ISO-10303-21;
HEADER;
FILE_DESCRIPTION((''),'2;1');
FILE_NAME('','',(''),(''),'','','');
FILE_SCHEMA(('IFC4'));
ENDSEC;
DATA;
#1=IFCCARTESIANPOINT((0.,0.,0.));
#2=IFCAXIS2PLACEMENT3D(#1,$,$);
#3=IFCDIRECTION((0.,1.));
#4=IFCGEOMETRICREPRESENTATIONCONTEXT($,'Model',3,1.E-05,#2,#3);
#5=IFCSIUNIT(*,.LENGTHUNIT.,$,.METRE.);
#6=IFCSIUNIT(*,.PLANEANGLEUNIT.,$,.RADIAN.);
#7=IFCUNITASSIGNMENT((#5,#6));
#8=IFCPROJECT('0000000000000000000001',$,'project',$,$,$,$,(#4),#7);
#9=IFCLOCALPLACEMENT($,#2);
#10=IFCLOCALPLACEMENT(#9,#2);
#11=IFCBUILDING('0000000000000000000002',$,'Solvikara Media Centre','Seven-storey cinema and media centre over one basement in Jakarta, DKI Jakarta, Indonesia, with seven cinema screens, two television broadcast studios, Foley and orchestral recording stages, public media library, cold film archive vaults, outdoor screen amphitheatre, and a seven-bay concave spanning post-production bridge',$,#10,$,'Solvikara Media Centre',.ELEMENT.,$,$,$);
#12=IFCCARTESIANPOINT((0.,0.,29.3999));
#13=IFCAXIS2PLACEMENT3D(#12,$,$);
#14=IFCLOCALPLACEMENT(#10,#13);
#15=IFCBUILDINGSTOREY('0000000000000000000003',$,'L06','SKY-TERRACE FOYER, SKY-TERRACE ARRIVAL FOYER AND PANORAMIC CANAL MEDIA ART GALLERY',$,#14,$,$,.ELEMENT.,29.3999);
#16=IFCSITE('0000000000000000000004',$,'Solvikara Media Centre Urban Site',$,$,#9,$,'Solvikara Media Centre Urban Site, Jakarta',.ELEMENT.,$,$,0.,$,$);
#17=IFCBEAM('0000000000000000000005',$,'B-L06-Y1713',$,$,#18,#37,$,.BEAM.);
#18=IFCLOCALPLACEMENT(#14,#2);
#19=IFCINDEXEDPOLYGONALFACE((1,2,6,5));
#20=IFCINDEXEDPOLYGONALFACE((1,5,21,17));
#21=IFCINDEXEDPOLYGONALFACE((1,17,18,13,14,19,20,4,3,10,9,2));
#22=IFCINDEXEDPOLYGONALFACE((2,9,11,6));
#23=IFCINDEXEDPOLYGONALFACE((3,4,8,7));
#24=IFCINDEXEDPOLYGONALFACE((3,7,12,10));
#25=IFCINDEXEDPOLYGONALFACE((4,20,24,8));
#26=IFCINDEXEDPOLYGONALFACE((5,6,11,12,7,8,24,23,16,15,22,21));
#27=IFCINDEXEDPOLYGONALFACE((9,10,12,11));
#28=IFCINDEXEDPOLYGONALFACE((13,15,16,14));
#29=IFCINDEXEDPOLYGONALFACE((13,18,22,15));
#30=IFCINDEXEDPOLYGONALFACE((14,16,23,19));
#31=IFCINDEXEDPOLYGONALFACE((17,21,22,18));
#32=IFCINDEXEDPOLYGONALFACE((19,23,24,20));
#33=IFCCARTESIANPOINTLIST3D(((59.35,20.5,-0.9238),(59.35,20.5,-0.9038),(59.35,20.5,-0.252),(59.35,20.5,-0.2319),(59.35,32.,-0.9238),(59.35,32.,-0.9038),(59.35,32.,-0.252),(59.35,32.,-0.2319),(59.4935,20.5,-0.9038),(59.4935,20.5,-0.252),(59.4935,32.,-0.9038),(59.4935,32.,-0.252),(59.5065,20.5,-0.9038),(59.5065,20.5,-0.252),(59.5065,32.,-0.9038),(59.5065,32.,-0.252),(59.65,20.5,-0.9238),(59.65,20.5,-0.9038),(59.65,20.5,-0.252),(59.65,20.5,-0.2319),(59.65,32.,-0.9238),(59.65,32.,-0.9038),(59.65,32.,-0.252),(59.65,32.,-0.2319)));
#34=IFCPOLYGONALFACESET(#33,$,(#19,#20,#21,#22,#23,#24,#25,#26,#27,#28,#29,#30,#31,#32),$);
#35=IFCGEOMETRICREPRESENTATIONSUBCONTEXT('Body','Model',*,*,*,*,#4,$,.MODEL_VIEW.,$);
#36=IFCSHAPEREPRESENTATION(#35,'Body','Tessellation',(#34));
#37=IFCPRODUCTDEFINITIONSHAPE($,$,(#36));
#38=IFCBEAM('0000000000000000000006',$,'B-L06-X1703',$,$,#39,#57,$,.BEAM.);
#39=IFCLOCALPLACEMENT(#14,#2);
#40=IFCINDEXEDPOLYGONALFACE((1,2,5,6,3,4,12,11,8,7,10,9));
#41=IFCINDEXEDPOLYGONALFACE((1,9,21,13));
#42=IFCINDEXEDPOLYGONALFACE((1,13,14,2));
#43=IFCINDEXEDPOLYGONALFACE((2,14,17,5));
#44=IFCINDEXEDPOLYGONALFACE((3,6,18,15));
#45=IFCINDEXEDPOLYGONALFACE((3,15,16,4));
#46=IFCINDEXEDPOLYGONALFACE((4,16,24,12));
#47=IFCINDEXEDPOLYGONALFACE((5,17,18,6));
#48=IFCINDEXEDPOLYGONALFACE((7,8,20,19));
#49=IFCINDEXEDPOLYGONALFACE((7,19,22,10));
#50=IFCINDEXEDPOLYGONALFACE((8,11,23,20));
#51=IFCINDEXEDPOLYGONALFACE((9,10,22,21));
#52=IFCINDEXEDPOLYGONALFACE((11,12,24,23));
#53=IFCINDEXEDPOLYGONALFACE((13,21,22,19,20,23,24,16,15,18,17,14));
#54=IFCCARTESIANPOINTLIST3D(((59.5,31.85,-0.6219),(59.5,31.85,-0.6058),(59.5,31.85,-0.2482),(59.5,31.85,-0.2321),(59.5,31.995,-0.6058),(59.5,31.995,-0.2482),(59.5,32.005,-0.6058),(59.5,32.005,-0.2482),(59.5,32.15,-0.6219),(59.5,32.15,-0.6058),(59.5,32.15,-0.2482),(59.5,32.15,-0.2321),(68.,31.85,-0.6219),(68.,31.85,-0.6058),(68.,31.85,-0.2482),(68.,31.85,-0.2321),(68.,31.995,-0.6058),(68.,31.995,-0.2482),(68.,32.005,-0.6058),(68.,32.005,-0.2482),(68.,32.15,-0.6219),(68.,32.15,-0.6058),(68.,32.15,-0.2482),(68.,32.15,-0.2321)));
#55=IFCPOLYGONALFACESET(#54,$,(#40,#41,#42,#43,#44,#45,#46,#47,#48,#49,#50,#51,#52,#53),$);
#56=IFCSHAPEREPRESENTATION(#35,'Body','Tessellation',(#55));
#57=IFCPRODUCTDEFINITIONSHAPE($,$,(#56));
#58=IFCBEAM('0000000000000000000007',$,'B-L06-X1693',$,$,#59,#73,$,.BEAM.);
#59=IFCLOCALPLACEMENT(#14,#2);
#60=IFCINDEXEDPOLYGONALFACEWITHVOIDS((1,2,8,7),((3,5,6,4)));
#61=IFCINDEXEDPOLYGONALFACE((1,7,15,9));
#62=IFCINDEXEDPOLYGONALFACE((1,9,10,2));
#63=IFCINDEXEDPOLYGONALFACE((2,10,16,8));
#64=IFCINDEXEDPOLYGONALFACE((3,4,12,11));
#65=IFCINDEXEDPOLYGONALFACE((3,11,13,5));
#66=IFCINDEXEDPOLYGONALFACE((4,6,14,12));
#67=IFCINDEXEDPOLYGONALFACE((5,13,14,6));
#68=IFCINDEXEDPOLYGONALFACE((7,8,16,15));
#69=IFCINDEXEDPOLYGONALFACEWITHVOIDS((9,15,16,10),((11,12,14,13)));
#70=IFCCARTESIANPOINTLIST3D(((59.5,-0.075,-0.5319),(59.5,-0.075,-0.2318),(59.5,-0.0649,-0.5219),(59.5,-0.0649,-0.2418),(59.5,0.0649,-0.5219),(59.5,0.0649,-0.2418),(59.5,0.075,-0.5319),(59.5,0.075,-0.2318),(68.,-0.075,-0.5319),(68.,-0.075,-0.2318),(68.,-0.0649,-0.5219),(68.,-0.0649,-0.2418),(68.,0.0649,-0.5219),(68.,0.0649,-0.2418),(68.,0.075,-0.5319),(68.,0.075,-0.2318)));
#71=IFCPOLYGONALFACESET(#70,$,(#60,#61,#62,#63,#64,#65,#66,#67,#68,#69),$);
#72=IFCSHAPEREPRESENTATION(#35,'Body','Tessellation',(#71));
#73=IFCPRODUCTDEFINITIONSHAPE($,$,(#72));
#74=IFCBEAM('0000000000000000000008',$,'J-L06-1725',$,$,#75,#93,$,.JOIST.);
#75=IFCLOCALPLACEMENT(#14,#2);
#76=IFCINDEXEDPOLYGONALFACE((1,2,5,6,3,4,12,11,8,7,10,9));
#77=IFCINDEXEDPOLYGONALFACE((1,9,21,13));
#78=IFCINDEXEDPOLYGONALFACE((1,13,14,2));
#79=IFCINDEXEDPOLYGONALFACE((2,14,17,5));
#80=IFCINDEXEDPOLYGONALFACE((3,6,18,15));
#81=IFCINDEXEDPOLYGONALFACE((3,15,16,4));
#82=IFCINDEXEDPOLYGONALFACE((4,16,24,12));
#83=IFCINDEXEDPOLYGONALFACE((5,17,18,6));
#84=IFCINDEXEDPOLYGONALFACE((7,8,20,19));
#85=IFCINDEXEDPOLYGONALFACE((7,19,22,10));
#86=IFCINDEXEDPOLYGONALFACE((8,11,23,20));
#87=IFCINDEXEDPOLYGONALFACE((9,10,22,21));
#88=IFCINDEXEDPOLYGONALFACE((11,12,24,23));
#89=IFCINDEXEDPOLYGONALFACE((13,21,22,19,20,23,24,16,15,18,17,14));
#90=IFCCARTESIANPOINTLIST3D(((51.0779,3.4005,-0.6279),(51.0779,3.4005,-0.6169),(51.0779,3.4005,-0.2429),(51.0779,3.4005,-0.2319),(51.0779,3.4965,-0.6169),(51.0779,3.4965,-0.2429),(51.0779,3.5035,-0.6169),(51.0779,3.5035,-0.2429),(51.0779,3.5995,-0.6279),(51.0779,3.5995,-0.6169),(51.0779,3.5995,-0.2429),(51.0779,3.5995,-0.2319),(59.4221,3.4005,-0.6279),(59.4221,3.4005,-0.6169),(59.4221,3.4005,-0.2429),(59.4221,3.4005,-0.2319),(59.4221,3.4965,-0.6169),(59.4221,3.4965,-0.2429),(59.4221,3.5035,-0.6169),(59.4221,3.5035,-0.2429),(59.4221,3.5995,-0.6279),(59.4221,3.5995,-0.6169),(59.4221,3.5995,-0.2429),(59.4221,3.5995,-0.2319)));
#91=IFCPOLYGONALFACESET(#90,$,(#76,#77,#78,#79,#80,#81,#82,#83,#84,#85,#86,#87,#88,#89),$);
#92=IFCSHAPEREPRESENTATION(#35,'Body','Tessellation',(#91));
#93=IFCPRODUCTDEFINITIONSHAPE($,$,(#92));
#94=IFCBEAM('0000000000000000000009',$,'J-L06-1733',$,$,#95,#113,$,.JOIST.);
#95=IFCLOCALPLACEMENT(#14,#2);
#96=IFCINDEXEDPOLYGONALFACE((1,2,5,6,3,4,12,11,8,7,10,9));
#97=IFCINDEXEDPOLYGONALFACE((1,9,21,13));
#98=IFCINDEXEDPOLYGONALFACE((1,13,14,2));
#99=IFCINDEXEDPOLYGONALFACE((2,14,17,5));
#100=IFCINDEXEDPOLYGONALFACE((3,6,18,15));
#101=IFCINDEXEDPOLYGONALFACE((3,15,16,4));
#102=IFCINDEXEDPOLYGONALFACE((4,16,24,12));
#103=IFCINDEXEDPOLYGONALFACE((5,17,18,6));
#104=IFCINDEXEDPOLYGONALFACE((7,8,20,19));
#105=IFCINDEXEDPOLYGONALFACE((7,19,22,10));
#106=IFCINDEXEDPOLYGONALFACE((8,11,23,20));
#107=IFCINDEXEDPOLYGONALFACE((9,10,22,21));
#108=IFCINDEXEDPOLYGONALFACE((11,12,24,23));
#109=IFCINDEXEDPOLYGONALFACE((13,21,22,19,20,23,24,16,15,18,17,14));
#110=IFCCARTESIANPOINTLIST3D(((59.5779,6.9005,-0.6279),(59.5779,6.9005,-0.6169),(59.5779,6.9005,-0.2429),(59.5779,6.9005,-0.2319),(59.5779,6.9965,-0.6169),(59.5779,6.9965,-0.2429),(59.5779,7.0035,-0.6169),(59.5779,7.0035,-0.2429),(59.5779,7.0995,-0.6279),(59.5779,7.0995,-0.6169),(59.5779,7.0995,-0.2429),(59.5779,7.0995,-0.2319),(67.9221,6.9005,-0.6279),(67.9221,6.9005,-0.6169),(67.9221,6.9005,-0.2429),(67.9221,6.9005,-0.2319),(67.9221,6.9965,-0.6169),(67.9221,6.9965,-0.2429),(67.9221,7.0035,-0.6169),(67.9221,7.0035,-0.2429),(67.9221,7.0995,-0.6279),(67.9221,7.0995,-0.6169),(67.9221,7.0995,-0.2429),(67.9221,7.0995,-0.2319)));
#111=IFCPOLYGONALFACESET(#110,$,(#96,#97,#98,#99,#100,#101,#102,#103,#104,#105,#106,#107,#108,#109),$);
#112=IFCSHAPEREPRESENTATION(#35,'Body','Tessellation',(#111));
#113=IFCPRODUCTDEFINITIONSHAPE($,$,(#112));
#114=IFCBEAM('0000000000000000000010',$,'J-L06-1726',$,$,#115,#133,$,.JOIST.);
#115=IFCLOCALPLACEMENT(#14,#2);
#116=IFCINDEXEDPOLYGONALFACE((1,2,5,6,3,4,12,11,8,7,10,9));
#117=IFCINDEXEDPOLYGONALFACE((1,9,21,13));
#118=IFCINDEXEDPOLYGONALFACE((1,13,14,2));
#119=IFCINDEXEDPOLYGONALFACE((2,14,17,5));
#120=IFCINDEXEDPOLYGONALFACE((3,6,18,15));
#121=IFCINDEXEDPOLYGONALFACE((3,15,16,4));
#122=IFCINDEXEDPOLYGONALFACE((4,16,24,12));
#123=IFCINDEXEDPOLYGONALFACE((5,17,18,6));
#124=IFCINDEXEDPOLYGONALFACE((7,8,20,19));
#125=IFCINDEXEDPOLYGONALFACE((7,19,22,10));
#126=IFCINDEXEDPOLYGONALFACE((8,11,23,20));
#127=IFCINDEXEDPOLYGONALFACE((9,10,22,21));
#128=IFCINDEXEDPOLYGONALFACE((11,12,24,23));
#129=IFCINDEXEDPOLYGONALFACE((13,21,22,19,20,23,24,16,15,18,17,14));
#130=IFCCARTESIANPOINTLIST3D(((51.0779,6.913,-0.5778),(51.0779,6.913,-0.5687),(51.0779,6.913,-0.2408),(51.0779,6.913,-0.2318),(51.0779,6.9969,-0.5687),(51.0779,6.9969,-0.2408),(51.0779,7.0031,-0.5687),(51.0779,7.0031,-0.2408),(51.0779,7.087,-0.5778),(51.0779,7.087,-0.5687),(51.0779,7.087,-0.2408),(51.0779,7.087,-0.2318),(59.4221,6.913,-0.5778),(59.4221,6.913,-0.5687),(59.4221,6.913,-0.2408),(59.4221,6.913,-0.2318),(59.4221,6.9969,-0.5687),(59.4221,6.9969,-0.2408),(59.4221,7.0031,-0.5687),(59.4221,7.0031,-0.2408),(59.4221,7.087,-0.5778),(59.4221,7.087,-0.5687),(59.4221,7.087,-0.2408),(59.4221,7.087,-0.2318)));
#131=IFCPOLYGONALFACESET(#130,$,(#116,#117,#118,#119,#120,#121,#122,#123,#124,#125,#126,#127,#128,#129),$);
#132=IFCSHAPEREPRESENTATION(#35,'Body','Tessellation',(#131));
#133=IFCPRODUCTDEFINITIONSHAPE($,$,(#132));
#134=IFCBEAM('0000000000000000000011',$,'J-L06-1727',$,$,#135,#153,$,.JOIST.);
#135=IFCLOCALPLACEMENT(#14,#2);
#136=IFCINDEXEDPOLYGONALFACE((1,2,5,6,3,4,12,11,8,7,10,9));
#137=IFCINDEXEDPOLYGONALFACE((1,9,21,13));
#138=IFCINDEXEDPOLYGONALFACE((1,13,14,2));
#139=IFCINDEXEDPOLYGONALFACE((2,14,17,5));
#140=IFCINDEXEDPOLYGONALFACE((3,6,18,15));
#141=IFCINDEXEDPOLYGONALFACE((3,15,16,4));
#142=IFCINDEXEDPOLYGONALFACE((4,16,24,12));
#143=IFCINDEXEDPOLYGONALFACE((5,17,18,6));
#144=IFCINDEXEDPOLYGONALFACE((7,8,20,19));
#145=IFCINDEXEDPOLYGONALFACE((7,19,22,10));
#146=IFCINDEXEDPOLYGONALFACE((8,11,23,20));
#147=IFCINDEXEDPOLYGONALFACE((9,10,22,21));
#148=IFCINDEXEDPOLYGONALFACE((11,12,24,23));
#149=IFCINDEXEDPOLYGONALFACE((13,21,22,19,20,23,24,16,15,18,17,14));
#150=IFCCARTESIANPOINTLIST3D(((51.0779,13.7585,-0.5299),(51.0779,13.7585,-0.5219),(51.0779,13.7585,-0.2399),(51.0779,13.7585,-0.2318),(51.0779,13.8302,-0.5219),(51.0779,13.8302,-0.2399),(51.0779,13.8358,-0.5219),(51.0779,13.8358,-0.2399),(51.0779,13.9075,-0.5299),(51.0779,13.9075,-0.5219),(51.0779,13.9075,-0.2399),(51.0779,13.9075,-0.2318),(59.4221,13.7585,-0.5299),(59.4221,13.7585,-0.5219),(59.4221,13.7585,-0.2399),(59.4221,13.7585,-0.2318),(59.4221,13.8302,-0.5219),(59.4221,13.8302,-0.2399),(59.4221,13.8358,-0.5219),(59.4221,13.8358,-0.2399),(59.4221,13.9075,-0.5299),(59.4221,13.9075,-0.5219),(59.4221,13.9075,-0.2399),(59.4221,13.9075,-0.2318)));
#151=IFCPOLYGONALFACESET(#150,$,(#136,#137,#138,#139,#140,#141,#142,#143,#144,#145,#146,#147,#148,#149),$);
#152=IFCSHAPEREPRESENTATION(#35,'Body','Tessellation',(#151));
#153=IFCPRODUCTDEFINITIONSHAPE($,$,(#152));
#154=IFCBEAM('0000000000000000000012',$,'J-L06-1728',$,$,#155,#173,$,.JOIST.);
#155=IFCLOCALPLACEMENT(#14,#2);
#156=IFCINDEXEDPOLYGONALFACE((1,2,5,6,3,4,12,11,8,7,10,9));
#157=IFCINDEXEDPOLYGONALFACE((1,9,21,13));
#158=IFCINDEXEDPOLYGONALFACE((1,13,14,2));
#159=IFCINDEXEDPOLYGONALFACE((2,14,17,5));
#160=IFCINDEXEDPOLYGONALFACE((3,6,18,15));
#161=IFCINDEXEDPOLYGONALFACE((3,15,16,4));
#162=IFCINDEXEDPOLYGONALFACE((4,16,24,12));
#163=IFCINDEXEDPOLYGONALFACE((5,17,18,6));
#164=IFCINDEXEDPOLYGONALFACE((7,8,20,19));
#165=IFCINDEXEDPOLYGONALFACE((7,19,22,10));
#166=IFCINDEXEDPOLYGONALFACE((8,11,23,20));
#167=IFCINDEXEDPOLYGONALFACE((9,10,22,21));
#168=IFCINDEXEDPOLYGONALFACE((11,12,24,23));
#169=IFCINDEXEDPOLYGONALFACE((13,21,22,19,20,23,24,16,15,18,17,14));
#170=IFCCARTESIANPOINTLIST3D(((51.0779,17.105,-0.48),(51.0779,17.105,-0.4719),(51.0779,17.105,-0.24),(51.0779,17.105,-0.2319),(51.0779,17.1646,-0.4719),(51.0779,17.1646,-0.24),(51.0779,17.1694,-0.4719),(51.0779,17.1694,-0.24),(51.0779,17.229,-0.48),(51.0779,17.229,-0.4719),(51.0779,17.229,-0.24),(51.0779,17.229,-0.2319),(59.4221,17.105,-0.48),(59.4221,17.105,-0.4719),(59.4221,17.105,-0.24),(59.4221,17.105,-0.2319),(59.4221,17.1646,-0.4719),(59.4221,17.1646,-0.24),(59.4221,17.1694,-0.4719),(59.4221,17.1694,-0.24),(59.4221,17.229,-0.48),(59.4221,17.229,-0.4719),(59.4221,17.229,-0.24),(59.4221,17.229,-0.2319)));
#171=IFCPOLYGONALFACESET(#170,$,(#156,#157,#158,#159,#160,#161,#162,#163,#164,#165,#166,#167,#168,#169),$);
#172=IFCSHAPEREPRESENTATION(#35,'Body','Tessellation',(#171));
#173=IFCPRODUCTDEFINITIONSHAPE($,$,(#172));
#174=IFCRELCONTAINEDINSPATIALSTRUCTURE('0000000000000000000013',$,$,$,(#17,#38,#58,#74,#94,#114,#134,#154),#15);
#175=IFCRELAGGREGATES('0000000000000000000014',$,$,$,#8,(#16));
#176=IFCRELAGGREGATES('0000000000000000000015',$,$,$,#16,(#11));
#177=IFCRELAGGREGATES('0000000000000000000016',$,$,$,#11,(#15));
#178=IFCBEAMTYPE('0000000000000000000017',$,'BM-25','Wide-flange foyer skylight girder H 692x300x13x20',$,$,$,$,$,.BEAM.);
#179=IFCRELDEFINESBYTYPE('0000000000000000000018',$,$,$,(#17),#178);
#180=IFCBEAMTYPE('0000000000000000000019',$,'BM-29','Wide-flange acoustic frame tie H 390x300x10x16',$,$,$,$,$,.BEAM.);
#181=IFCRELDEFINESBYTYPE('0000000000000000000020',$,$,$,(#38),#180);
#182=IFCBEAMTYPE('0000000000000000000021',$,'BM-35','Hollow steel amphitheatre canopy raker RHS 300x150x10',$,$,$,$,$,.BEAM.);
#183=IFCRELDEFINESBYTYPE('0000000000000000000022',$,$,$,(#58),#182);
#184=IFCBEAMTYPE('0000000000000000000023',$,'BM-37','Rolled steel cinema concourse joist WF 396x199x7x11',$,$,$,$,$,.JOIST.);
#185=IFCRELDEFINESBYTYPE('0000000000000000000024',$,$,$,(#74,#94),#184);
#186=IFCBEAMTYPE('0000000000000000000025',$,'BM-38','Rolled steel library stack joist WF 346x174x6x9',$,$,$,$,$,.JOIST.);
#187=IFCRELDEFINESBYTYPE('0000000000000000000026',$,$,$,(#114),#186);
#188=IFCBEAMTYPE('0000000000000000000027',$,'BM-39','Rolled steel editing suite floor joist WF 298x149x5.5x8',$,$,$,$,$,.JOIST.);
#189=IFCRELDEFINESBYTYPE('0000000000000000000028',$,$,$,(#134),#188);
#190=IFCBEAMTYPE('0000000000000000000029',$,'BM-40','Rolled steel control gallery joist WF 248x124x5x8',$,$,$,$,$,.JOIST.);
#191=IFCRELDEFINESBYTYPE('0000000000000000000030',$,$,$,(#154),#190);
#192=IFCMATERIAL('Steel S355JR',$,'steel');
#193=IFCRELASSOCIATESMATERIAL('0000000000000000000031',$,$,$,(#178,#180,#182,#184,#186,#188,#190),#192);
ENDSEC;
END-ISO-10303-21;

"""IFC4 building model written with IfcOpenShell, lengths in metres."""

from ifc_helpers import new_model, si_unit, direction, frame, origin, origin_2d, place, context, subcontext, project, spatial, hollow_rectangle, i_section, extrude, material, material_profile, profile_set, type_object, element, save


model = new_model("IFC4")

# Units and contexts
model_context = context("Model", 3, precision=1e-05, world=origin(), true_north=direction((0.0, 1.0)))
body_context = subcontext(model_context, "Body", "Model", "MODEL_VIEW")
ifc_project = project(units=[si_unit("LENGTHUNIT", "METRE"), si_unit("PLANEANGLEUNIT", "RADIAN")], contexts=[model_context])

# Site, building, storey
site_placement = place(None, origin())
site = spatial("IfcSite", under=ifc_project, at=site_placement, Name="Solvikara Media Centre Urban Site", LongName="Solvikara Media Centre Urban Site, Jakarta", CompositionType="ELEMENT", RefElevation=0.0)
building_placement = place(site_placement, origin())
building = spatial("IfcBuilding", under=site, at=building_placement, Name="Solvikara Media Centre", Description="Seven-storey cinema and media centre over one basement in Jakarta, DKI Jakarta, Indonesia, with seven cinema screens, two television broadcast studios, Foley and orchestral recording stages, public media library, cold film archive vaults, outdoor screen amphitheatre, and a seven-bay concave spanning post-production bridge", LongName="Solvikara Media Centre", CompositionType="ELEMENT")
storey_placement = place(building_placement, frame((0.0, 0.0, 29.3999)))
storey = spatial("IfcBuildingStorey", under=building, at=storey_placement, Name="L06", Description="SKY-TERRACE FOYER, SKY-TERRACE ARRIVAL FOYER AND PANORAMIC CANAL MEDIA ART GALLERY", CompositionType="ELEMENT", Elevation=29.3999)

# Beams
ifc_material_1 = material(Name="Steel S355JR", Category="steel")
ifc_material_profile_1 = material_profile(ifc_material_1, i_section(OverallWidth=0.3, OverallDepth=0.6919, WebThickness=0.0129, FlangeThickness=0.02, at=origin_2d()), Name="H 692x300x13x20")
ifc_profile_set_1 = profile_set([ifc_material_profile_1], Name="Steel S355JR")
beam_type_1 = type_object("IfcBeamType", Name="BM-25", Description="Wide-flange foyer skylight girder H 692x300x13x20", PredefinedType="BEAM", material=ifc_profile_set_1)
beam_1_placement = place(storey_placement, frame((59.5, 20.5, -0.5779), z_axis=(0.0, 1.0, 0.0), x_axis=(-1.0, 0.0, 0.0)))
element("IfcBeam", 1, at=beam_1_placement, inside=storey, type_object=beam_type_1, Name="B-L06-Y1713", PredefinedType="BEAM", context=body_context, shape_type="SweptSolid", body=[
    extrude(i_section(OverallWidth=0.3, OverallDepth=0.6919, WebThickness=0.0129, FlangeThickness=0.02, at=origin_2d()), origin(), (0.0, 0.0, 1.0), 11.5),
])
ifc_material_profile_2 = material_profile(ifc_material_1, i_section(OverallWidth=0.3, OverallDepth=0.3899, WebThickness=0.01, FlangeThickness=0.0161, at=origin_2d()), Name="H 390x300x10x16")
ifc_profile_set_2 = profile_set([ifc_material_profile_2], Name="Steel S355JR")
beam_type_2 = type_object("IfcBeamType", Name="BM-29", Description="Wide-flange acoustic frame tie H 390x300x10x16", PredefinedType="BEAM", material=ifc_profile_set_2)
beam_2_placement = place(storey_placement, frame((59.5, 32.0, -0.427), z_axis=(1.0, 0.0, 0.0), x_axis=(0.0, 1.0, 0.0)))
element("IfcBeam", 2, at=beam_2_placement, inside=storey, type_object=beam_type_2, Name="B-L06-X1703", PredefinedType="BEAM", context=body_context, shape_type="SweptSolid", body=[
    extrude(i_section(OverallWidth=0.3, OverallDepth=0.3899, WebThickness=0.01, FlangeThickness=0.0161, at=origin_2d()), origin(), (0.0, 0.0, 1.0), 8.5),
])
ifc_material_profile_3 = material_profile(ifc_material_1, hollow_rectangle(XDim=0.1499, YDim=0.3, WallThickness=0.01, at=origin_2d()), Name="RHS 300x150x10")
ifc_profile_set_3 = profile_set([ifc_material_profile_3], Name="Steel S355JR")
beam_type_3 = type_object("IfcBeamType", Name="BM-35", Description="Hollow steel amphitheatre canopy raker RHS 300x150x10", PredefinedType="BEAM", material=ifc_profile_set_3)
beam_3_placement = place(storey_placement, frame((59.5, 0.0, -0.3818), z_axis=(1.0, 0.0, 0.0), x_axis=(0.0, 1.0, 0.0)))
element("IfcBeam", 3, at=beam_3_placement, inside=storey, type_object=beam_type_3, Name="B-L06-X1693", PredefinedType="BEAM", context=body_context, shape_type="SweptSolid", body=[
    extrude(hollow_rectangle(XDim=0.1499, YDim=0.3, WallThickness=0.01, at=origin_2d()), origin(), (0.0, 0.0, 1.0), 8.5),
])
ifc_material_profile_4 = material_profile(ifc_material_1, i_section(OverallWidth=0.199, OverallDepth=0.396, WebThickness=0.0071, FlangeThickness=0.011, at=origin_2d()), Name="WF 396x199x7x11")
ifc_profile_set_4 = profile_set([ifc_material_profile_4], Name="Steel S355JR")
beam_type_4 = type_object("IfcBeamType", Name="BM-37", Description="Rolled steel cinema concourse joist WF 396x199x7x11", PredefinedType="JOIST", material=ifc_profile_set_4)
for number, where, z_axis, x_axis, name in (
    (4, (51.0779, 3.5, -0.4299), (1.0, 0.0, 0.0), (0.0, 1.0, 0.0), "J-L06-1725"),
    (5, (59.5779, 7.0, -0.4299), (1.0, 0.0, 0.0), (0.0, 1.0, 0.0), "J-L06-1733"),
):
    element("IfcBeam", number, at=place(storey_placement, frame(where, z_axis=z_axis, x_axis=x_axis)), inside=storey, type_object=beam_type_4, Name=name, PredefinedType="JOIST", context=body_context, shape_type="SweptSolid", body=[
        extrude(i_section(OverallWidth=0.199, OverallDepth=0.396, WebThickness=0.0071, FlangeThickness=0.011, at=origin_2d()), origin(), (0.0, 0.0, 1.0), 8.3442),
    ])
ifc_material_profile_5 = material_profile(ifc_material_1, i_section(OverallWidth=0.1741, OverallDepth=0.3459, WebThickness=0.0061, FlangeThickness=0.009, at=origin_2d()), Name="WF 346x174x6x9")
ifc_profile_set_5 = profile_set([ifc_material_profile_5], Name="Steel S355JR")
beam_type_5 = type_object("IfcBeamType", Name="BM-38", Description="Rolled steel library stack joist WF 346x174x6x9", PredefinedType="JOIST", material=ifc_profile_set_5)
beam_4_placement = place(storey_placement, frame((51.0779, 7.0, -0.4048), z_axis=(1.0, 0.0, 0.0), x_axis=(0.0, 1.0, 0.0)))
element("IfcBeam", 6, at=beam_4_placement, inside=storey, type_object=beam_type_5, Name="J-L06-1726", PredefinedType="JOIST", context=body_context, shape_type="SweptSolid", body=[
    extrude(i_section(OverallWidth=0.1741, OverallDepth=0.3459, WebThickness=0.0061, FlangeThickness=0.009, at=origin_2d()), origin(), (0.0, 0.0, 1.0), 8.3442),
])
ifc_material_profile_6 = material_profile(ifc_material_1, i_section(OverallWidth=0.1489, OverallDepth=0.2981, WebThickness=0.0056, FlangeThickness=0.0081, at=origin_2d()), Name="WF 298x149x5.5x8")
ifc_profile_set_6 = profile_set([ifc_material_profile_6], Name="Steel S355JR")
beam_type_6 = type_object("IfcBeamType", Name="BM-39", Description="Rolled steel editing suite floor joist WF 298x149x5.5x8", PredefinedType="JOIST", material=ifc_profile_set_6)
beam_5_placement = place(storey_placement, frame((51.0779, 13.833, -0.3809), z_axis=(1.0, 0.0, 0.0), x_axis=(0.0, 1.0, 0.0)))
element("IfcBeam", 7, at=beam_5_placement, inside=storey, type_object=beam_type_6, Name="J-L06-1727", PredefinedType="JOIST", context=body_context, shape_type="SweptSolid", body=[
    extrude(i_section(OverallWidth=0.1489, OverallDepth=0.2981, WebThickness=0.0056, FlangeThickness=0.0081, at=origin_2d()), origin(), (0.0, 0.0, 1.0), 8.3442),
])
ifc_material_profile_7 = material_profile(ifc_material_1, i_section(OverallWidth=0.124, OverallDepth=0.248, WebThickness=0.0049, FlangeThickness=0.0081, at=origin_2d()), Name="WF 248x124x5x8")
ifc_profile_set_7 = profile_set([ifc_material_profile_7], Name="Steel S355JR")
beam_type_7 = type_object("IfcBeamType", Name="BM-40", Description="Rolled steel control gallery joist WF 248x124x5x8", PredefinedType="JOIST", material=ifc_profile_set_7)
beam_6_placement = place(storey_placement, frame((51.0779, 17.167, -0.356), z_axis=(1.0, 0.0, 0.0), x_axis=(0.0, 1.0, 0.0)))
element("IfcBeam", 8, at=beam_6_placement, inside=storey, type_object=beam_type_7, Name="J-L06-1728", PredefinedType="JOIST", context=body_context, shape_type="SweptSolid", body=[
    extrude(i_section(OverallWidth=0.124, OverallDepth=0.248, WebThickness=0.0049, FlangeThickness=0.0081, at=origin_2d()), origin(), (0.0, 0.0, 1.0), 8.3442),
])

save(model, "model.ifc")
